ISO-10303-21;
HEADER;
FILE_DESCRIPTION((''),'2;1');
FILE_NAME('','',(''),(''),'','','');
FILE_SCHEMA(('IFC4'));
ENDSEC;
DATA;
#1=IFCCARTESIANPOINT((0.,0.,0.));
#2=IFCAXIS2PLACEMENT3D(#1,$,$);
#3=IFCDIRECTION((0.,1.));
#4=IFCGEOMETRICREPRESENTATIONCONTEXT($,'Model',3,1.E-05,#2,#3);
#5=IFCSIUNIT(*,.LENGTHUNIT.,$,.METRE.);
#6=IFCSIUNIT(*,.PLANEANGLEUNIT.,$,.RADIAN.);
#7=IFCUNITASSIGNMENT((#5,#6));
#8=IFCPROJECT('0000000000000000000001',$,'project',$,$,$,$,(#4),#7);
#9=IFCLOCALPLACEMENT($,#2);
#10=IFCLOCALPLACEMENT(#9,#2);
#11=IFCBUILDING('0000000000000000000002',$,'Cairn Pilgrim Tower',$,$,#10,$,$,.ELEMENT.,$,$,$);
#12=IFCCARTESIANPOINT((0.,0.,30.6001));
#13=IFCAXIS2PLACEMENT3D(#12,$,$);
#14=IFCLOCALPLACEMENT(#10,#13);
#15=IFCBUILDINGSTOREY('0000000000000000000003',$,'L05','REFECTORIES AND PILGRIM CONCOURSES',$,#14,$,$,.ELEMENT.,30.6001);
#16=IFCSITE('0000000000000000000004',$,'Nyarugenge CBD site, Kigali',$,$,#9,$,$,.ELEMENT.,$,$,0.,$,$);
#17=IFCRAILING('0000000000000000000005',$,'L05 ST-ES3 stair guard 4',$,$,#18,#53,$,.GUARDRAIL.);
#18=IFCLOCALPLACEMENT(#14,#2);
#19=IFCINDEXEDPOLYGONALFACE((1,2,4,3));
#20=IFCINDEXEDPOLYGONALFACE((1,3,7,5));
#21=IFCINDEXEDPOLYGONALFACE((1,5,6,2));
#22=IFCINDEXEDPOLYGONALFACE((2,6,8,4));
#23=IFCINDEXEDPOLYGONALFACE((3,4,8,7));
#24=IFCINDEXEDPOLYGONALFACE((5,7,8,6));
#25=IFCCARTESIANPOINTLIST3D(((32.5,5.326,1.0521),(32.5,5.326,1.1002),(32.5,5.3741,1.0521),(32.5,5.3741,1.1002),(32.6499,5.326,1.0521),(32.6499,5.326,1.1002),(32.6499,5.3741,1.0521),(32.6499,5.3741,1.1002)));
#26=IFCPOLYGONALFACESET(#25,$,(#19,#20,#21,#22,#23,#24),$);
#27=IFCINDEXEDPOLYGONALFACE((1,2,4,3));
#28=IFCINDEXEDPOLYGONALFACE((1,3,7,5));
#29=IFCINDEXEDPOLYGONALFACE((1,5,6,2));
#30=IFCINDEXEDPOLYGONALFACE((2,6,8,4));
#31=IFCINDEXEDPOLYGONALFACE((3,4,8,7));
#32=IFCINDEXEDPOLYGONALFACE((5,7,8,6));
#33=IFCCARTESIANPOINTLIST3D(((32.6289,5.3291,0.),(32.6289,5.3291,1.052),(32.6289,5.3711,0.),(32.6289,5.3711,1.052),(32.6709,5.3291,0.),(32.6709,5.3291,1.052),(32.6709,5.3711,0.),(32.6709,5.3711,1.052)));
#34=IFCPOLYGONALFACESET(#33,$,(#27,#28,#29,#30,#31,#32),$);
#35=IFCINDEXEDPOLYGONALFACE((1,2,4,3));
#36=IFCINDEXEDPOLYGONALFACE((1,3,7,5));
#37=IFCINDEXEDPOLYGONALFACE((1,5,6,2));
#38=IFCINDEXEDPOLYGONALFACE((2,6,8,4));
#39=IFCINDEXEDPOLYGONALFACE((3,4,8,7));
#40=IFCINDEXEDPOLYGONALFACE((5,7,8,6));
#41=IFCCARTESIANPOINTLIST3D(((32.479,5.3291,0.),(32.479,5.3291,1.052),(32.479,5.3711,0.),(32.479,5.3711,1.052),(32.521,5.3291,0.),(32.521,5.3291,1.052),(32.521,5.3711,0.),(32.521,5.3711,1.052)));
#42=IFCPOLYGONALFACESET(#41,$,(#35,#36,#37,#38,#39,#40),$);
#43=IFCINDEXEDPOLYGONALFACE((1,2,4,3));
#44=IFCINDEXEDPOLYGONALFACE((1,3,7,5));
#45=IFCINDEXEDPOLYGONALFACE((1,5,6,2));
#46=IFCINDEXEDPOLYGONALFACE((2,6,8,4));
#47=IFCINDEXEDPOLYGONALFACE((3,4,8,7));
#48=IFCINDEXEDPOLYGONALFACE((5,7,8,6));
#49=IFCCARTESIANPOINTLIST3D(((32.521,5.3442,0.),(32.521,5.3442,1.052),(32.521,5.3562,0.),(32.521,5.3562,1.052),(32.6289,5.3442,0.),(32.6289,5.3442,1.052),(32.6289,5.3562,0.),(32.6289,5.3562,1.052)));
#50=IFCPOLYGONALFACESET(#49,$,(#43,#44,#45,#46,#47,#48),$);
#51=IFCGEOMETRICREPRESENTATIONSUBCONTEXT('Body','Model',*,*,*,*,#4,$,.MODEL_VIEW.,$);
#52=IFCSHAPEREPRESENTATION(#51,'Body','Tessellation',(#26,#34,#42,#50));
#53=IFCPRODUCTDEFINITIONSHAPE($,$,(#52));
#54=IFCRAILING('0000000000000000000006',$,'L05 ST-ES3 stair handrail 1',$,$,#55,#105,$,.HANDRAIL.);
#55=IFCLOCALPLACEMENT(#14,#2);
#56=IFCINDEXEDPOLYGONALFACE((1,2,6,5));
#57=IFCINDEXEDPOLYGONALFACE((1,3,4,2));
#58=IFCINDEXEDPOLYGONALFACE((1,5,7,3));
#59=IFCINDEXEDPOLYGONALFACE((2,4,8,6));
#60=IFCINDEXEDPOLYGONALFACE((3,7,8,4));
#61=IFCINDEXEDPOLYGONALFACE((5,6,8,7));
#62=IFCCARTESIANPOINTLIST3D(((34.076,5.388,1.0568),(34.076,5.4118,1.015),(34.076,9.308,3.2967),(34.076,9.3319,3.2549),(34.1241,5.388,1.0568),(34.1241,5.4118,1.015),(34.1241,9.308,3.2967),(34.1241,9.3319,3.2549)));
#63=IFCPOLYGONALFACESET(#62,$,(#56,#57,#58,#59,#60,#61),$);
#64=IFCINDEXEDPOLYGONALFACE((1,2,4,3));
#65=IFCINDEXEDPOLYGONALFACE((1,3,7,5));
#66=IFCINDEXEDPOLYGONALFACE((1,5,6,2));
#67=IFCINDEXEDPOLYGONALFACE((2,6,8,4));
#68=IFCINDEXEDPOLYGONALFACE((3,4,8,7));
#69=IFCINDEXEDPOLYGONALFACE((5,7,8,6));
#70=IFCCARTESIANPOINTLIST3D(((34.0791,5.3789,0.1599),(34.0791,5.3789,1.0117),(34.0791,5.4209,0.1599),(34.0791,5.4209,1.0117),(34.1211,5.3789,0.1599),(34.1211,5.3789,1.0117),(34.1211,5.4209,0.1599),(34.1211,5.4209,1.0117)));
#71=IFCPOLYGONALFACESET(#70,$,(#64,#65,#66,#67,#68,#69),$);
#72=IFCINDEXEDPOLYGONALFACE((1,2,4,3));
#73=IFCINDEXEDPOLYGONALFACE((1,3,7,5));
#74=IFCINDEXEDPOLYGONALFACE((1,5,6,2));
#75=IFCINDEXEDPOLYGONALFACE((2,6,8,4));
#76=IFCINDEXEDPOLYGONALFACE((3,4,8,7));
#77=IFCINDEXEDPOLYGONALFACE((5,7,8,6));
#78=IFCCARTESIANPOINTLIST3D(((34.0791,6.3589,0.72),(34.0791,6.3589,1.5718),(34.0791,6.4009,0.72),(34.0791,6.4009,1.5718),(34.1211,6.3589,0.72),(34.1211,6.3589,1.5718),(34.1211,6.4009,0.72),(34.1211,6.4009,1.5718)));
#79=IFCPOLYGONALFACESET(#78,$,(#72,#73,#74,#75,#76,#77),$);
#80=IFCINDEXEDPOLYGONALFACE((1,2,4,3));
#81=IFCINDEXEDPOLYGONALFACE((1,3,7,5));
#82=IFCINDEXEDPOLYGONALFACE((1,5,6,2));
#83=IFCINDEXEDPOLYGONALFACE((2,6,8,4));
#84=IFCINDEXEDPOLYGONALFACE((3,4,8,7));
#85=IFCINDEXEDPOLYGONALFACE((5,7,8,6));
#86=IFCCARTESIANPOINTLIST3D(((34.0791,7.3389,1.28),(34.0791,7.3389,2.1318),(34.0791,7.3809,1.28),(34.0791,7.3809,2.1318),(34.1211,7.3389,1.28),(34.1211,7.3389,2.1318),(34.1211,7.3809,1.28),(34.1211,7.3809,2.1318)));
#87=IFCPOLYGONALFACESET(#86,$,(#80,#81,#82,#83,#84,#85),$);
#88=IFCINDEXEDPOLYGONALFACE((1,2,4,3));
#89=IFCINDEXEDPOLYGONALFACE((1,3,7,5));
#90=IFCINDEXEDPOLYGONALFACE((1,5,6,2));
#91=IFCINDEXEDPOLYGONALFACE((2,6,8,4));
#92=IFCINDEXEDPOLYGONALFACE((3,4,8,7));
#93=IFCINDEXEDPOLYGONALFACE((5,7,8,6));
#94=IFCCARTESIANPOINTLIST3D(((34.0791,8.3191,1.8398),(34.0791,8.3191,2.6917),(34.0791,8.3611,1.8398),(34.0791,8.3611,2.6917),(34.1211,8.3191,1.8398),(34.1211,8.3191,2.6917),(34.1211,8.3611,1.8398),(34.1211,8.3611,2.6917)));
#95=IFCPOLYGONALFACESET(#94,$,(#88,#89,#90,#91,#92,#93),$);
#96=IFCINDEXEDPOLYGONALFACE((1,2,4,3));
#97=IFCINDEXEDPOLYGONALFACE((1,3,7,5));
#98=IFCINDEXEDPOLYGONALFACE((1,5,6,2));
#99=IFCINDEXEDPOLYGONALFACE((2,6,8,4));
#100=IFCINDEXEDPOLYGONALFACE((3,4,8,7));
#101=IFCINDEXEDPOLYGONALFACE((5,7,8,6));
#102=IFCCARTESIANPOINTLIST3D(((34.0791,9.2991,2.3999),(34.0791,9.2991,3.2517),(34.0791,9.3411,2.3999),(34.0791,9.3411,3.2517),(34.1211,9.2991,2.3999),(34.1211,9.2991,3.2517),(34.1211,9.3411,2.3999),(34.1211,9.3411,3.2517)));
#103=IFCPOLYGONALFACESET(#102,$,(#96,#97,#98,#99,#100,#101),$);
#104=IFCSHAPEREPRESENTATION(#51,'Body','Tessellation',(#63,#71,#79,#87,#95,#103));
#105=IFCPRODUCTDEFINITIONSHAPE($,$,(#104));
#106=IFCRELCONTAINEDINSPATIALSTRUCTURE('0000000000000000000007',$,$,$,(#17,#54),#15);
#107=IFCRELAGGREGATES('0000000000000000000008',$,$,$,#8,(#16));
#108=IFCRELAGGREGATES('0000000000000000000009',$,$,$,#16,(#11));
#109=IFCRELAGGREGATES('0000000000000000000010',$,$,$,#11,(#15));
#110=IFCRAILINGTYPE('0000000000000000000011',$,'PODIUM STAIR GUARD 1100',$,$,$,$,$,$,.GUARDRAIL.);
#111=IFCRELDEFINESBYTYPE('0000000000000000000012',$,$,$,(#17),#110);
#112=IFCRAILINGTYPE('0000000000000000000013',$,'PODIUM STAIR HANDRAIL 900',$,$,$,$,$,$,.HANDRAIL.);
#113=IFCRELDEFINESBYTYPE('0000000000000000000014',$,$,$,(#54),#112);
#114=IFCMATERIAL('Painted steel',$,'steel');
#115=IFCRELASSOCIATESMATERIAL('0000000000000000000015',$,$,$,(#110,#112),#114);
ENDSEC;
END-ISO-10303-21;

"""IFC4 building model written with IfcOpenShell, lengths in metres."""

from ifc_helpers import new_model, si_unit, direction, frame, origin, origin_2d, place, context, subcontext, project, spatial, polyline, rectangle, outline, extrude, material, type_object, element, save


model = new_model("IFC4")

# Units and contexts
model_context = context("Model", 3, precision=1e-05, world=origin(), true_north=direction((0.0, 1.0)))
body_context = subcontext(model_context, "Body", "Model", "MODEL_VIEW")
ifc_project = project(units=[si_unit("LENGTHUNIT", "METRE"), si_unit("PLANEANGLEUNIT", "RADIAN")], contexts=[model_context])

# Site, building, storey
site_placement = place(None, origin())
site = spatial("IfcSite", under=ifc_project, at=site_placement, Name="Nyarugenge CBD site, Kigali", CompositionType="ELEMENT", RefElevation=0.0)
building_placement = place(site_placement, origin())
building = spatial("IfcBuilding", under=site, at=building_placement, Name="Cairn Pilgrim Tower", CompositionType="ELEMENT")
storey_placement = place(building_placement, frame((0.0, 0.0, 30.6001)))
storey = spatial("IfcBuildingStorey", under=building, at=storey_placement, Name="L05", Description="REFECTORIES AND PILGRIM CONCOURSES", CompositionType="ELEMENT", Elevation=30.6001)

# Railings
ifc_material_1 = material(Name="Painted steel", Category="steel")
railing_type_1 = type_object("IfcRailingType", Name="PODIUM STAIR GUARD 1100", PredefinedType="GUARDRAIL", material=ifc_material_1)
railing_1_placement = place(storey_placement, frame((32.6499, 5.3501, 0.0)))
element("IfcRailing", 1, at=railing_1_placement, inside=storey, type_object=railing_type_1, Name="L05 ST-ES3 stair guard 4", PredefinedType="GUARDRAIL", context=body_context, shape_type="SweptSolid", body=[
    extrude(rectangle(XDim=0.0481, YDim=0.0481, at=origin_2d()), frame((0.0, 0.0, 1.0762), z_axis=(-1.0, 0.0, 0.0), x_axis=(0.0, -1.0, 0.0)), (0.0, 0.0, 1.0), 0.1499),
    extrude(rectangle(XDim=0.042, YDim=0.042, at=origin_2d()), origin(), (0.0, 0.0, 1.0), 1.052),
    extrude(rectangle(XDim=0.042, YDim=0.042, at=origin_2d()), frame((-0.1499, 0.0, 0.0)), (0.0, 0.0, 1.0), 1.052),
    extrude(outline(polyline([(0.021, 0.0), (0.1289, 0.0), (0.1289, 1.052), (0.021, 1.052), (0.021, 0.0)])), frame((0.0, -0.0059, 0.0), z_axis=(0.0, 1.0, 0.0), x_axis=(-1.0, 0.0, 0.0)), (0.0, 0.0, 1.0), 0.012),
])
railing_type_2 = type_object("IfcRailingType", Name="PODIUM STAIR HANDRAIL 900", PredefinedType="HANDRAIL", material=ifc_material_1)
railing_2_placement = place(storey_placement, frame((34.1001, 5.3999, 0.1599)))
element("IfcRailing", 2, at=railing_2_placement, inside=storey, type_object=railing_type_2, Name="L05 ST-ES3 stair handrail 1", PredefinedType="HANDRAIL", context=body_context, shape_type="SweptSolid", body=[
    extrude(rectangle(XDim=0.0481, YDim=0.0481, at=origin_2d()), frame((0.0, 0.0, 0.876), z_axis=(0.0, 0.868253, 0.496121), x_axis=(-1.0, 0.0, 0.0)), (0.0, 0.0, 1.0), 4.5149),
    extrude(rectangle(XDim=0.042, YDim=0.042, at=origin_2d()), origin(), (0.0, 0.0, 1.0), 0.8518),
    extrude(rectangle(XDim=0.042, YDim=0.042, at=origin_2d()), frame((0.0, 0.98, 0.5601)), (0.0, 0.0, 1.0), 0.8518),
    extrude(rectangle(XDim=0.042, YDim=0.042, at=origin_2d()), frame((0.0, 1.96, 1.1201)), (0.0, 0.0, 1.0), 0.8518),
    extrude(rectangle(XDim=0.042, YDim=0.042, at=origin_2d()), frame((0.0, 2.9402, 1.6799)), (0.0, 0.0, 1.0), 0.8518),
    extrude(rectangle(XDim=0.042, YDim=0.042, at=origin_2d()), frame((0.0, 3.9202, 2.24)), (0.0, 0.0, 1.0), 0.8518),
])

save(model, "model.ifc")
